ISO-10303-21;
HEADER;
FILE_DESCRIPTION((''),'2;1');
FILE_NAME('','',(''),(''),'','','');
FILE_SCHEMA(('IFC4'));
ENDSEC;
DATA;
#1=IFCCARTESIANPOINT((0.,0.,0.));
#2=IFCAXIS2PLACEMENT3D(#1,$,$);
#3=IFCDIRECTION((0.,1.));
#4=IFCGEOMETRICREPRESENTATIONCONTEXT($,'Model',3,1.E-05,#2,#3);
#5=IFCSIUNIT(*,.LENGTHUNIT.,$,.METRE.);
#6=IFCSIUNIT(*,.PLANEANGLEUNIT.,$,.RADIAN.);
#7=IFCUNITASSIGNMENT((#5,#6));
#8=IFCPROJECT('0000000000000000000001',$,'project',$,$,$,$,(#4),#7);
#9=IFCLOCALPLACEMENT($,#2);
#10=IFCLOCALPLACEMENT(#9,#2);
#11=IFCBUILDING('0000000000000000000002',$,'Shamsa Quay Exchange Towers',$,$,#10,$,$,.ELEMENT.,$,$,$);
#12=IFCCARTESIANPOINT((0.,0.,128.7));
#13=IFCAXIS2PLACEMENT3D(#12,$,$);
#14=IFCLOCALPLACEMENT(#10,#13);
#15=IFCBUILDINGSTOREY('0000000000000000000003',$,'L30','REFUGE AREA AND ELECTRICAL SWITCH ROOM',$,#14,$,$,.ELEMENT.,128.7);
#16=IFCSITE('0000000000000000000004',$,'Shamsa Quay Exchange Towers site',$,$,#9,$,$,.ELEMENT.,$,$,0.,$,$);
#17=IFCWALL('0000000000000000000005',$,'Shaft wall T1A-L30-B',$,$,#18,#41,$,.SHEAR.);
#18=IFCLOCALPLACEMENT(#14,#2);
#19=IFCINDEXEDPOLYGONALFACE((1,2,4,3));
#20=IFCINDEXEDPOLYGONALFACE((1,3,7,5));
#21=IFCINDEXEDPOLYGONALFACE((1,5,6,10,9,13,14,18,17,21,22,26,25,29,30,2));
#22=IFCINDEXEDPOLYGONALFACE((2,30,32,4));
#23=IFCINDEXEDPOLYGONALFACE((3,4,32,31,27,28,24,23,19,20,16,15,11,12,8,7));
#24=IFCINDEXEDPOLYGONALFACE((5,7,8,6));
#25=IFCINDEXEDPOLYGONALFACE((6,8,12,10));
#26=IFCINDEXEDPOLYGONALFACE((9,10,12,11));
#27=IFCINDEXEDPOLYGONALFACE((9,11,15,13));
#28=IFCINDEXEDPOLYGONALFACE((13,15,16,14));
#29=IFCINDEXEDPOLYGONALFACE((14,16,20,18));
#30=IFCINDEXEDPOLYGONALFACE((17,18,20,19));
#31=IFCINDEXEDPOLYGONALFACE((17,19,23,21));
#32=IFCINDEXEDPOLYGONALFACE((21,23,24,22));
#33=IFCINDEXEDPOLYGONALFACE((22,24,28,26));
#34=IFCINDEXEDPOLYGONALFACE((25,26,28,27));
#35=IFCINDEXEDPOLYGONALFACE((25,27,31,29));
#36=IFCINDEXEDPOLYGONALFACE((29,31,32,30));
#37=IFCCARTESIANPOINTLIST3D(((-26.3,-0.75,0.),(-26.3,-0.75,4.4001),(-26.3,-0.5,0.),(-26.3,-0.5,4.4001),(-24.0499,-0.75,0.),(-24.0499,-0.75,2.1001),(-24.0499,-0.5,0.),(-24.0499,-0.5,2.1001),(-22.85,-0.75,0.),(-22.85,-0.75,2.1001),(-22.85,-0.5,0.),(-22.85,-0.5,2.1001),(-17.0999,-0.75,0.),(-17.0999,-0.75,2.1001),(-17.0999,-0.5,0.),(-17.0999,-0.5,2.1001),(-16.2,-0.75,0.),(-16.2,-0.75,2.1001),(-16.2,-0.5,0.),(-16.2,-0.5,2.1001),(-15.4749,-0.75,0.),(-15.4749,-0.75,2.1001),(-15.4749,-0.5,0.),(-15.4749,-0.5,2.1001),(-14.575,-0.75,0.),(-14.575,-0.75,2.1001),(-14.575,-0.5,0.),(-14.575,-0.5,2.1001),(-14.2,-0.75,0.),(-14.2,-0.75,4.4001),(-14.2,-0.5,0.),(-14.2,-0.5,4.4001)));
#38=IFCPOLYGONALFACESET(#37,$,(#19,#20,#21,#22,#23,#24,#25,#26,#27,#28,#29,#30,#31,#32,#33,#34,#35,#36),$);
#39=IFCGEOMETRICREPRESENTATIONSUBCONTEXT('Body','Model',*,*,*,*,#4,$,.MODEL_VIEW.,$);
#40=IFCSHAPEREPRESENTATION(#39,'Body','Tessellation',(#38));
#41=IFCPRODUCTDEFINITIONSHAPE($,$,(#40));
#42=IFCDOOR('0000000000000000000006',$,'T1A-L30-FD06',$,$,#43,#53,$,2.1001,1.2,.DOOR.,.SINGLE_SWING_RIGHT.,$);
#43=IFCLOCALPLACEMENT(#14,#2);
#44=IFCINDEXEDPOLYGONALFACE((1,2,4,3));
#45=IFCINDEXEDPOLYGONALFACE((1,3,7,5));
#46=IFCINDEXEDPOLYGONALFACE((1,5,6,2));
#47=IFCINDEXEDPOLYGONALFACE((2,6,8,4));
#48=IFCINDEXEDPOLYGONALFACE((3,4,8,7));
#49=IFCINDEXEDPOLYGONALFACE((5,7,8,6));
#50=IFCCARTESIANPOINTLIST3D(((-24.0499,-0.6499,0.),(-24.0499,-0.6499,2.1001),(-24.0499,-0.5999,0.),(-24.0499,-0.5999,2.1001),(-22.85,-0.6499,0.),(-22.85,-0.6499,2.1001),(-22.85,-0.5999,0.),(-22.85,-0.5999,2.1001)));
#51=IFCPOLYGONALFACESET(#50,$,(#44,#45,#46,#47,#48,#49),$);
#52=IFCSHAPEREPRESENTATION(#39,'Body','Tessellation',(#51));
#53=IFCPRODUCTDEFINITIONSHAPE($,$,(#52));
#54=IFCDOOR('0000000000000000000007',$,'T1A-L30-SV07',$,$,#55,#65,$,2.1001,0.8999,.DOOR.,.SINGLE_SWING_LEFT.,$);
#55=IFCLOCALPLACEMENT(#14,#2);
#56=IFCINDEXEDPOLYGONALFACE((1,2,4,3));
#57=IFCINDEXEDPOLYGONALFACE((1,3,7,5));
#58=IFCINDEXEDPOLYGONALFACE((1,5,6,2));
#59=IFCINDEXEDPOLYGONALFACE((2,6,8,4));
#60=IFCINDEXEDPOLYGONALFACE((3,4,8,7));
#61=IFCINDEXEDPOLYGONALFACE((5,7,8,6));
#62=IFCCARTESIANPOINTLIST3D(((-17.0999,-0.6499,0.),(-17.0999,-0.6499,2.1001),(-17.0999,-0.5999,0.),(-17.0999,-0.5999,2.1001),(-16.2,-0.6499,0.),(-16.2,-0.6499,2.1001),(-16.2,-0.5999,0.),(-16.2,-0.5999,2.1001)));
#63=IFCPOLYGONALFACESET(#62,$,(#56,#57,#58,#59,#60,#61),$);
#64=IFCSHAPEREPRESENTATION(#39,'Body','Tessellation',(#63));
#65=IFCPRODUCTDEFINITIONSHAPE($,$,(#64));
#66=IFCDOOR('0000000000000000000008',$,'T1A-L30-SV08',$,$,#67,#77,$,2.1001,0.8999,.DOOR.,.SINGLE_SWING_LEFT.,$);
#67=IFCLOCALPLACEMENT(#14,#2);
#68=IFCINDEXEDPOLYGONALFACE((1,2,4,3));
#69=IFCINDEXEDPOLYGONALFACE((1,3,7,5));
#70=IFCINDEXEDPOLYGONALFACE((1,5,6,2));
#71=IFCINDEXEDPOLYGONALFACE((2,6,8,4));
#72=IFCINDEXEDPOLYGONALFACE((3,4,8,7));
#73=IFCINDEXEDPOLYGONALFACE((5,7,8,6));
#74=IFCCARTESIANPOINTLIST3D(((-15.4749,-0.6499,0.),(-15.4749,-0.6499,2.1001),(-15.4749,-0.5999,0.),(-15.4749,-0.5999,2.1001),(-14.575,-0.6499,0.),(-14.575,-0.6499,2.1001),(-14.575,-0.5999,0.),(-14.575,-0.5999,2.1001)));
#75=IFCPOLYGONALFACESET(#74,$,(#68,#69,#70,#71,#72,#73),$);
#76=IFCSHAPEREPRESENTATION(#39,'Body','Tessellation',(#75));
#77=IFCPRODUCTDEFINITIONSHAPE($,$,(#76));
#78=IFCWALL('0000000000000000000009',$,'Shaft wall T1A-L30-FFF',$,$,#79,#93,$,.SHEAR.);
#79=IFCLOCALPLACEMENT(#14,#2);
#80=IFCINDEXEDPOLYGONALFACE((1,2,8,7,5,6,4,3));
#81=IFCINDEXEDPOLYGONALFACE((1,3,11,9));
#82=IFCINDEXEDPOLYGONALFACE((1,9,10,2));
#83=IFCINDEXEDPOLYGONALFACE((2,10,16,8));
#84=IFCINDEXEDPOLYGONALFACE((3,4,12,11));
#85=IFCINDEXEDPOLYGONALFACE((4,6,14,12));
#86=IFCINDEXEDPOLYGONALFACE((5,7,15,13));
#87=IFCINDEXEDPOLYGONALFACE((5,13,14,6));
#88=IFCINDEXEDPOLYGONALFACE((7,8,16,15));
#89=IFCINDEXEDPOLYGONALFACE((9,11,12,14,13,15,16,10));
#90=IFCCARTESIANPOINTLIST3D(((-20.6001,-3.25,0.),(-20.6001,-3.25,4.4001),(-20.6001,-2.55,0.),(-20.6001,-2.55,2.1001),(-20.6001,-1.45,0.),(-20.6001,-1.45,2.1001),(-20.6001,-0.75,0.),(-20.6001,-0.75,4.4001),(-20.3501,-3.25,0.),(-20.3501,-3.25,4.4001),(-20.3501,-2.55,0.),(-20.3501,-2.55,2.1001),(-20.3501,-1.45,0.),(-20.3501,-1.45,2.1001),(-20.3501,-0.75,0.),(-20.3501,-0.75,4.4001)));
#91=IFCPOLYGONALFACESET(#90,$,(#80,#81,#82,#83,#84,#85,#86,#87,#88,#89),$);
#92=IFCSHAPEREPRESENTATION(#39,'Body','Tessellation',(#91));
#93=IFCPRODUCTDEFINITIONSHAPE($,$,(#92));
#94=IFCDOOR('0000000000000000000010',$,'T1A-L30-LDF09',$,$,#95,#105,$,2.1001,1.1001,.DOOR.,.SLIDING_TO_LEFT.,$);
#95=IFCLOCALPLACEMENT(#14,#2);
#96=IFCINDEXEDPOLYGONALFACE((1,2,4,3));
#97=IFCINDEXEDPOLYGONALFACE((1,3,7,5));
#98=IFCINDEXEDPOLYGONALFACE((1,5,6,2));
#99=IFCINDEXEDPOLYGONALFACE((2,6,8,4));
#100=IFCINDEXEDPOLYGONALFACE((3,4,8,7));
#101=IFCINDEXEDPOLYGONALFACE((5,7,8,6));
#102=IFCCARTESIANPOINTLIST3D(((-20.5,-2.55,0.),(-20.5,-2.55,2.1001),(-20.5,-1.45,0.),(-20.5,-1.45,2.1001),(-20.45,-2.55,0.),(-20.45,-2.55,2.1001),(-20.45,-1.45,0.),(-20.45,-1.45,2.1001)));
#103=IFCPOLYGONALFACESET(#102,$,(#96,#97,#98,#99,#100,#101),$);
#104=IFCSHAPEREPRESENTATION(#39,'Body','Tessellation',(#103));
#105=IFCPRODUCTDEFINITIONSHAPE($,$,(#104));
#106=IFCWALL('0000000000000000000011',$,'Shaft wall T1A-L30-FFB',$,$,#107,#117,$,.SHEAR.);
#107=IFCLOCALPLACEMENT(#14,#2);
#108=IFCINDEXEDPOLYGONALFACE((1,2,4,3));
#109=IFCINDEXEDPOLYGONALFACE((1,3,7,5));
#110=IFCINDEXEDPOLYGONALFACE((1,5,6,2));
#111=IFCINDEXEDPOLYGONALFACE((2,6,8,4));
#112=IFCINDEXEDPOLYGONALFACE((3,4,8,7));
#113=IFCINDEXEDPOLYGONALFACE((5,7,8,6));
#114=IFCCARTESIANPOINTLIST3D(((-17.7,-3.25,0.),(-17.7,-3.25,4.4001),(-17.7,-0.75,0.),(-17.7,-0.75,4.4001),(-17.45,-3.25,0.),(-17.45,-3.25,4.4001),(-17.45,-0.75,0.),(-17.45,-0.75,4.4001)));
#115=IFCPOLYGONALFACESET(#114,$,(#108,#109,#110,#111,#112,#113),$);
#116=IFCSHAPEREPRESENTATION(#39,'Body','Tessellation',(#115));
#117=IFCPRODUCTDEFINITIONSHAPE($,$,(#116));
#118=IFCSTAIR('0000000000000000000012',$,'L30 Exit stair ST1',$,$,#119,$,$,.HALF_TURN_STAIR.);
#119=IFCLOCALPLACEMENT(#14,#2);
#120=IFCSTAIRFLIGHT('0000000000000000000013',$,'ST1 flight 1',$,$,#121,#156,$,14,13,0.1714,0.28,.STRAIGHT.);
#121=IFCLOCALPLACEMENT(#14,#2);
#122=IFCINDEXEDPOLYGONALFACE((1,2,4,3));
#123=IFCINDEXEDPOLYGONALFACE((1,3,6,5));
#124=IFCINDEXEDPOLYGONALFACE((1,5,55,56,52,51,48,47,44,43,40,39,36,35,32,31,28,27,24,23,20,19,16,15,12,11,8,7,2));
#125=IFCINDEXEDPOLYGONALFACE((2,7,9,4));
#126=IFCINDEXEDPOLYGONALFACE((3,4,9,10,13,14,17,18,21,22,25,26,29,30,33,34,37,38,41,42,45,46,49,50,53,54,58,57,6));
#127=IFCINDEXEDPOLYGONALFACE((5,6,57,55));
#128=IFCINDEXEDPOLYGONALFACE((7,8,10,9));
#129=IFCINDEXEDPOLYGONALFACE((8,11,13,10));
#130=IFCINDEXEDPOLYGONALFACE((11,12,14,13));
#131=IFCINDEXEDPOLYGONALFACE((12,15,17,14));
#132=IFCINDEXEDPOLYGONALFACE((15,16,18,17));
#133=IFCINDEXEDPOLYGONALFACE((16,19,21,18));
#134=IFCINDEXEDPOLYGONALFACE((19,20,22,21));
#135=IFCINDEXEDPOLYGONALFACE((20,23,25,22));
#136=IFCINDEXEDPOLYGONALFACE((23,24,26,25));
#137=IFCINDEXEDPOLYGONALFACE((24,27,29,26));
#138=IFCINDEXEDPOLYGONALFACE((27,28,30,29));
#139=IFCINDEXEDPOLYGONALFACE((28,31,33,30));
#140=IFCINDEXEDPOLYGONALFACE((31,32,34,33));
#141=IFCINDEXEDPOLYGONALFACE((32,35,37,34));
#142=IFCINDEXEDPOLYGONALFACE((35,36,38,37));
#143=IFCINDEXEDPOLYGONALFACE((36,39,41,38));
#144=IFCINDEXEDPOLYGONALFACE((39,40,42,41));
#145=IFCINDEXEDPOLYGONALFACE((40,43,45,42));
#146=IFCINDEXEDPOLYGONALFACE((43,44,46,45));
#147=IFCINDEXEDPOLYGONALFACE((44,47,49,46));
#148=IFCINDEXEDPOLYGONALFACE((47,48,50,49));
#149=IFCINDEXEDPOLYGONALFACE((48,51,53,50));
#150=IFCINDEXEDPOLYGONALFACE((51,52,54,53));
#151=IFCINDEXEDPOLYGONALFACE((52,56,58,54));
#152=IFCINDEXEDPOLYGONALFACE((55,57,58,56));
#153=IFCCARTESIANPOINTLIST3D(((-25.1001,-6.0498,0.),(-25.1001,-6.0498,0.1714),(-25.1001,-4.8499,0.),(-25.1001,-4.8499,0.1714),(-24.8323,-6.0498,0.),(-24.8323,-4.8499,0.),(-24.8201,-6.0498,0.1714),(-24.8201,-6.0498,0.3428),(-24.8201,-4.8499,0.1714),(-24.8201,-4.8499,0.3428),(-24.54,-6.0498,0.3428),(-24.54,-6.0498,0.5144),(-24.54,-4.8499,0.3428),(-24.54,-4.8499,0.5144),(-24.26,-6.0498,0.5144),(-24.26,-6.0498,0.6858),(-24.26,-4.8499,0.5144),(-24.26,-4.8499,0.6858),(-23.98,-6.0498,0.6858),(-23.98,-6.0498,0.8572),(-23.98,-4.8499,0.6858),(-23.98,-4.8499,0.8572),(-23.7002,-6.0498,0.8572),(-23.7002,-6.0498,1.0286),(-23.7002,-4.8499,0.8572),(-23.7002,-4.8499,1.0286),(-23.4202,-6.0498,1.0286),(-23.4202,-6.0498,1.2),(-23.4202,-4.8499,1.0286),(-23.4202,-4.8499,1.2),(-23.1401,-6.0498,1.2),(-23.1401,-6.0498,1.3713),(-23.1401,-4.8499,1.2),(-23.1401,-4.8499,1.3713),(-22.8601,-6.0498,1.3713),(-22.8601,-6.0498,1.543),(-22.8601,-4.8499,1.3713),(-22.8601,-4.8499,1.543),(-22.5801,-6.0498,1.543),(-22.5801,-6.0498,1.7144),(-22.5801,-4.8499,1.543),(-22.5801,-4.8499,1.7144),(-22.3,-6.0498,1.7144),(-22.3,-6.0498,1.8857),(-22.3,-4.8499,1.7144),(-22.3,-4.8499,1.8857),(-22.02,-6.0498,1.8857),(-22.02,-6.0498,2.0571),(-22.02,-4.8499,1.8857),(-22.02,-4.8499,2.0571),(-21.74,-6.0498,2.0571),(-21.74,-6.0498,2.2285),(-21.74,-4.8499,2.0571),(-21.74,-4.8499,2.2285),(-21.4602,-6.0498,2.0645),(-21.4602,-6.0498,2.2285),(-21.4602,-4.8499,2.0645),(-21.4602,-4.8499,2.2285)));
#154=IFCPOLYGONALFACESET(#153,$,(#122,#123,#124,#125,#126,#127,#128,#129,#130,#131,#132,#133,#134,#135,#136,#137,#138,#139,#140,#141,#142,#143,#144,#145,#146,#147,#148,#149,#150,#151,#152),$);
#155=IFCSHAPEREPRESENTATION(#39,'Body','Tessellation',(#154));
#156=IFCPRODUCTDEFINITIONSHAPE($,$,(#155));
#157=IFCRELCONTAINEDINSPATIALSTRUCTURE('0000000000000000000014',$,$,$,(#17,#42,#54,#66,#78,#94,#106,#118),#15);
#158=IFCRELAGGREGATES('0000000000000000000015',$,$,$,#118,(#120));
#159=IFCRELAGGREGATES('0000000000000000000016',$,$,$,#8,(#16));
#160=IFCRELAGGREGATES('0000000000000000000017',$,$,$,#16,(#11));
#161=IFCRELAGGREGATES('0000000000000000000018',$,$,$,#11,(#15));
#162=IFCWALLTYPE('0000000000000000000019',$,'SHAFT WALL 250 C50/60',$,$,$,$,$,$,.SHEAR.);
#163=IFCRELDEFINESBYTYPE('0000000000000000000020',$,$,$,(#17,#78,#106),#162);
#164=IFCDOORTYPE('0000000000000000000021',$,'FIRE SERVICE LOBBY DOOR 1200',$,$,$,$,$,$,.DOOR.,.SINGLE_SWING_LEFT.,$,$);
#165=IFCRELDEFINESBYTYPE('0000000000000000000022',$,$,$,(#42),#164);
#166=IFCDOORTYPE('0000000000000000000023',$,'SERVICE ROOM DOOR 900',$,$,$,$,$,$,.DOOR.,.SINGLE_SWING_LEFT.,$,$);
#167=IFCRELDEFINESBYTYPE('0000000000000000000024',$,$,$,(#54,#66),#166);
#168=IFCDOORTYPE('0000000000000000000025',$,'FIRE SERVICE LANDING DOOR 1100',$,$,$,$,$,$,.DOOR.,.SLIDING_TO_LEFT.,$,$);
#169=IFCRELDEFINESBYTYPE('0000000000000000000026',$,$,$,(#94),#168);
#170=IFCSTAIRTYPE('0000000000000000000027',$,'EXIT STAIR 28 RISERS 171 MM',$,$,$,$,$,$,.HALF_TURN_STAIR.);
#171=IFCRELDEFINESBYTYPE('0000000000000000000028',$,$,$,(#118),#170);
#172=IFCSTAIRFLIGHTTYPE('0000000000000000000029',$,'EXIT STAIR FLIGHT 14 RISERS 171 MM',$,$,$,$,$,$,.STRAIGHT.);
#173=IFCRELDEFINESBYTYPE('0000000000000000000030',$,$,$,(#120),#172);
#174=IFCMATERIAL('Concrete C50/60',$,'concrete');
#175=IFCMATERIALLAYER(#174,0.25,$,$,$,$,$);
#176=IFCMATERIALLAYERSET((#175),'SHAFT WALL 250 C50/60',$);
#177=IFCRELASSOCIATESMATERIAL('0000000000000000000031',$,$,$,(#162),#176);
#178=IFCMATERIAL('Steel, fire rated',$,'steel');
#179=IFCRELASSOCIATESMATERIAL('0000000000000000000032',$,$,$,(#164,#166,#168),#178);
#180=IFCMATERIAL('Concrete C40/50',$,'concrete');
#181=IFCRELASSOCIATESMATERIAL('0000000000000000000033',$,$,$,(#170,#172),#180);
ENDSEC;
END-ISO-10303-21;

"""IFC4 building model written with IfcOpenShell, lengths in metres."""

from ifc_helpers import new_model, si_unit, direction, frame, frame_2d, origin, place, context, subcontext, project, spatial, polyline, rectangle, outline, extrude, material, layer, layer_set, type_object, element, fill, aggregate, save


model = new_model("IFC4")

# Units and contexts
model_context = context("Model", 3, precision=1e-05, world=origin(), true_north=direction((0.0, 1.0)))
body_context = subcontext(model_context, "Body", "Model", "MODEL_VIEW")
ifc_project = project(units=[si_unit("LENGTHUNIT", "METRE"), si_unit("PLANEANGLEUNIT", "RADIAN")], contexts=[model_context])

# Site, building, storey
site_placement = place(None, origin())
site = spatial("IfcSite", under=ifc_project, at=site_placement, Name="Shamsa Quay Exchange Towers site", CompositionType="ELEMENT", RefElevation=0.0)
building_placement = place(site_placement, origin())
building = spatial("IfcBuilding", under=site, at=building_placement, Name="Shamsa Quay Exchange Towers", CompositionType="ELEMENT")
storey_placement = place(building_placement, frame((0.0, 0.0, 128.7)))
storey = spatial("IfcBuildingStorey", under=building, at=storey_placement, Name="L30", Description="REFUGE AREA AND ELECTRICAL SWITCH ROOM", CompositionType="ELEMENT", Elevation=128.7)

# Shared definitions
ifc_material_1 = material(Name="Concrete C50/60", Category="concrete")
ifc_layer_1 = layer(ifc_material_1, 0.25)
ifc_layer_set_1 = layer_set([ifc_layer_1], Name="SHAFT WALL 250 C50/60")
wall_type_1 = type_object("IfcWallType", Name="SHAFT WALL 250 C50/60", PredefinedType="SHEAR", material=ifc_layer_set_1)
ifc_material_2 = material(Name="Steel, fire rated", Category="steel")

# Wall, openings, doors
wall_1_placement = place(storey_placement, frame((-14.2, -0.625, 0.0), z_axis=(0.0, 0.0, 1.0), x_axis=(-1.0, 0.0, 0.0)))
wall_1 = element("IfcWall", 1, at=wall_1_placement, inside=storey, type_object=wall_type_1, Name="Shaft wall T1A-L30-B", PredefinedType="SHEAR", context=body_context, shape_type="SweptSolid", body=[
    extrude(rectangle(XDim=12.1001, YDim=0.25, at=frame_2d((6.05, 0.0))), origin(), (0.0, 0.0, 1.0), 4.4001),
])
opening_1_placement = place(wall_1_placement, frame((8.6499, 0.0, 0.0)))
opening_1 = element("IfcOpeningElement", 2, at=opening_1_placement, cuts=wall_1, PredefinedType="OPENING", context=body_context, shape_type="SweptSolid", body=[
    extrude(rectangle(XDim=1.2, YDim=2.1001, at=frame_2d((0.6001, 1.05))), frame((0.0, 0.135, 0.0), z_axis=(0.0, -1.0, 0.0), x_axis=(1.0, 0.0, 0.0)), (0.0, 0.0, 1.0), 0.27),
])
opening_2_placement = place(wall_1_placement, frame((2.0, 0.0, 0.0)))
opening_2 = element("IfcOpeningElement", 3, at=opening_2_placement, cuts=wall_1, PredefinedType="OPENING", context=body_context, shape_type="SweptSolid", body=[
    extrude(rectangle(XDim=0.8999, YDim=2.1001, at=frame_2d((0.45, 1.05))), frame((0.0, 0.135, 0.0), z_axis=(0.0, -1.0, 0.0), x_axis=(1.0, 0.0, 0.0)), (0.0, 0.0, 1.0), 0.27),
])
opening_3_placement = place(wall_1_placement, frame((0.375, 0.0, 0.0)))
opening_3 = element("IfcOpeningElement", 4, at=opening_3_placement, cuts=wall_1, PredefinedType="OPENING", context=body_context, shape_type="SweptSolid", body=[
    extrude(rectangle(XDim=0.8999, YDim=2.1001, at=frame_2d((0.45, 1.05))), frame((0.0, 0.135, 0.0), z_axis=(0.0, -1.0, 0.0), x_axis=(1.0, 0.0, 0.0)), (0.0, 0.0, 1.0), 0.27),
])
door_type_1 = type_object("IfcDoorType", Name="FIRE SERVICE LOBBY DOOR 1200", OperationType="SINGLE_SWING_LEFT", PredefinedType="DOOR", material=ifc_material_2)
door_1_placement = place(opening_1_placement, origin())
door_1 = element("IfcDoor", 5, at=door_1_placement, inside=storey, type_object=door_type_1, Name="T1A-L30-FD06", OperationType="SINGLE_SWING_RIGHT", OverallHeight=2.1001, OverallWidth=1.2, PredefinedType="DOOR", context=body_context, shape_type="SweptSolid", body=[
    extrude(rectangle(XDim=1.2, YDim=2.1001, at=frame_2d((0.6001, 1.05))), frame((0.0, 0.0249, 0.0), z_axis=(0.0, -1.0, 0.0), x_axis=(1.0, 0.0, 0.0)), (0.0, 0.0, 1.0), 0.05),
])
fill(opening_1, door_1)
door_type_2 = type_object("IfcDoorType", Name="SERVICE ROOM DOOR 900", OperationType="SINGLE_SWING_LEFT", PredefinedType="DOOR", material=ifc_material_2)
door_2_placement = place(opening_2_placement, origin())
door_2 = element("IfcDoor", 6, at=door_2_placement, inside=storey, type_object=door_type_2, Name="T1A-L30-SV07", OperationType="SINGLE_SWING_LEFT", OverallHeight=2.1001, OverallWidth=0.8999, PredefinedType="DOOR", context=body_context, shape_type="SweptSolid", body=[
    extrude(rectangle(XDim=0.8999, YDim=2.1001, at=frame_2d((0.45, 1.05))), frame((0.0, 0.0249, 0.0), z_axis=(0.0, -1.0, 0.0), x_axis=(1.0, 0.0, 0.0)), (0.0, 0.0, 1.0), 0.05),
])
fill(opening_2, door_2)
door_3_placement = place(opening_3_placement, origin())
door_3 = element("IfcDoor", 7, at=door_3_placement, inside=storey, type_object=door_type_2, Name="T1A-L30-SV08", OperationType="SINGLE_SWING_LEFT", OverallHeight=2.1001, OverallWidth=0.8999, PredefinedType="DOOR", context=body_context, shape_type="SweptSolid", body=[
    extrude(rectangle(XDim=0.8999, YDim=2.1001, at=frame_2d((0.45, 1.05))), frame((0.0, 0.0249, 0.0), z_axis=(0.0, -1.0, 0.0), x_axis=(1.0, 0.0, 0.0)), (0.0, 0.0, 1.0), 0.05),
])
fill(opening_3, door_3)

# Wall, opening, door
wall_2_placement = place(storey_placement, frame((-20.4751, -3.25, 0.0), z_axis=(0.0, 0.0, 1.0), x_axis=(0.0, 1.0, 0.0)))
wall_2 = element("IfcWall", 8, at=wall_2_placement, inside=storey, type_object=wall_type_1, Name="Shaft wall T1A-L30-FFF", PredefinedType="SHEAR", context=body_context, shape_type="SweptSolid", body=[
    extrude(rectangle(XDim=2.5, YDim=0.25, at=frame_2d((1.25, 0.0))), origin(), (0.0, 0.0, 1.0), 4.4001),
])
opening_4_placement = place(wall_2_placement, frame((0.7, 0.0, 0.0)))
opening_4 = element("IfcOpeningElement", 9, at=opening_4_placement, cuts=wall_2, PredefinedType="OPENING", context=body_context, shape_type="SweptSolid", body=[
    extrude(rectangle(XDim=1.1001, YDim=2.1001, at=frame_2d((0.55, 1.05))), frame((0.0, 0.135, 0.0), z_axis=(0.0, -1.0, 0.0), x_axis=(1.0, 0.0, 0.0)), (0.0, 0.0, 1.0), 0.27),
])
door_type_3 = type_object("IfcDoorType", Name="FIRE SERVICE LANDING DOOR 1100", OperationType="SLIDING_TO_LEFT", PredefinedType="DOOR", material=ifc_material_2)
door_4_placement = place(opening_4_placement, origin())
door_4 = element("IfcDoor", 10, at=door_4_placement, inside=storey, type_object=door_type_3, Name="T1A-L30-LDF09", OperationType="SLIDING_TO_LEFT", OverallHeight=2.1001, OverallWidth=1.1001, PredefinedType="DOOR", context=body_context, shape_type="SweptSolid", body=[
    extrude(rectangle(XDim=1.1001, YDim=2.1001, at=frame_2d((0.55, 1.05))), frame((0.0, 0.0249, 0.0), z_axis=(0.0, -1.0, 0.0), x_axis=(1.0, 0.0, 0.0)), (0.0, 0.0, 1.0), 0.05),
])
fill(opening_4, door_4)

# Wall
wall_3_placement = place(storey_placement, frame((-17.575, -3.25, 0.0), z_axis=(0.0, 0.0, 1.0), x_axis=(0.0, 1.0, 0.0)))
element("IfcWall", 11, at=wall_3_placement, inside=storey, type_object=wall_type_1, Name="Shaft wall T1A-L30-FFB", PredefinedType="SHEAR", context=body_context, shape_type="SweptSolid", body=[
    extrude(rectangle(XDim=2.5, YDim=0.25, at=frame_2d((1.25, 0.0))), origin(), (0.0, 0.0, 1.0), 4.4001),
])

# Stair, stair flight
ifc_material_3 = material(Name="Concrete C40/50", Category="concrete")
stair_type = type_object("IfcStairType", Name="EXIT STAIR 28 RISERS 171 MM", PredefinedType="HALF_TURN_STAIR", material=ifc_material_3)
stair_placement = place(storey_placement, origin())
stair = element("IfcStair", 12, at=stair_placement, inside=storey, type_object=stair_type, Name="L30 Exit stair ST1", PredefinedType="HALF_TURN_STAIR")
stair_flight_type = type_object("IfcStairFlightType", Name="EXIT STAIR FLIGHT 14 RISERS 171 MM", PredefinedType="STRAIGHT", material=ifc_material_3)
stair_flight_1_placement = place(storey_placement, frame((-25.1001, -5.45, 0.0)))
stair_flight_1 = element("IfcStairFlight", 13, at=stair_flight_1_placement, type_object=stair_flight_type, Name="ST1 flight 1", NumberOfRisers=14, NumberOfTreads=13, PredefinedType="STRAIGHT", RiserHeight=0.1714, TreadLength=0.28, context=body_context, shape_type="SweptSolid", body=[
    extrude(outline(polyline([(0.0, 0.0), (0.0, 0.1714), (0.28, 0.1714), (0.28, 0.3428), (0.5601, 0.3428), (0.5601, 0.5144), (0.8401, 0.5144), (0.8401, 0.6858), (1.1201, 0.6858), (1.1201, 0.8572), (1.3999, 0.8572), (1.3999, 1.0286), (1.6799, 1.0286), (1.6799, 1.2), (1.96, 1.2), (1.96, 1.3713), (2.24, 1.3713), (2.24, 1.543), (2.52, 1.543), (2.52, 1.7144), (2.8, 1.7144), (2.8, 1.8857), (3.0801, 1.8857), (3.0801, 2.0571), (3.3601, 2.0571), (3.3601, 2.2285), (3.6399, 2.2285), (3.6399, 2.3999), (3.6399, 2.0645), (0.2678, 0.0), (0.0, 0.0)])), frame((0.0, 0.6001, 0.0), z_axis=(0.0, -1.0, 0.0), x_axis=(1.0, 0.0, 0.0)), (0.0, 0.0, 1.0), 1.2),
])
aggregate(stair, [stair_flight_1])

save(model, "model.ifc")
